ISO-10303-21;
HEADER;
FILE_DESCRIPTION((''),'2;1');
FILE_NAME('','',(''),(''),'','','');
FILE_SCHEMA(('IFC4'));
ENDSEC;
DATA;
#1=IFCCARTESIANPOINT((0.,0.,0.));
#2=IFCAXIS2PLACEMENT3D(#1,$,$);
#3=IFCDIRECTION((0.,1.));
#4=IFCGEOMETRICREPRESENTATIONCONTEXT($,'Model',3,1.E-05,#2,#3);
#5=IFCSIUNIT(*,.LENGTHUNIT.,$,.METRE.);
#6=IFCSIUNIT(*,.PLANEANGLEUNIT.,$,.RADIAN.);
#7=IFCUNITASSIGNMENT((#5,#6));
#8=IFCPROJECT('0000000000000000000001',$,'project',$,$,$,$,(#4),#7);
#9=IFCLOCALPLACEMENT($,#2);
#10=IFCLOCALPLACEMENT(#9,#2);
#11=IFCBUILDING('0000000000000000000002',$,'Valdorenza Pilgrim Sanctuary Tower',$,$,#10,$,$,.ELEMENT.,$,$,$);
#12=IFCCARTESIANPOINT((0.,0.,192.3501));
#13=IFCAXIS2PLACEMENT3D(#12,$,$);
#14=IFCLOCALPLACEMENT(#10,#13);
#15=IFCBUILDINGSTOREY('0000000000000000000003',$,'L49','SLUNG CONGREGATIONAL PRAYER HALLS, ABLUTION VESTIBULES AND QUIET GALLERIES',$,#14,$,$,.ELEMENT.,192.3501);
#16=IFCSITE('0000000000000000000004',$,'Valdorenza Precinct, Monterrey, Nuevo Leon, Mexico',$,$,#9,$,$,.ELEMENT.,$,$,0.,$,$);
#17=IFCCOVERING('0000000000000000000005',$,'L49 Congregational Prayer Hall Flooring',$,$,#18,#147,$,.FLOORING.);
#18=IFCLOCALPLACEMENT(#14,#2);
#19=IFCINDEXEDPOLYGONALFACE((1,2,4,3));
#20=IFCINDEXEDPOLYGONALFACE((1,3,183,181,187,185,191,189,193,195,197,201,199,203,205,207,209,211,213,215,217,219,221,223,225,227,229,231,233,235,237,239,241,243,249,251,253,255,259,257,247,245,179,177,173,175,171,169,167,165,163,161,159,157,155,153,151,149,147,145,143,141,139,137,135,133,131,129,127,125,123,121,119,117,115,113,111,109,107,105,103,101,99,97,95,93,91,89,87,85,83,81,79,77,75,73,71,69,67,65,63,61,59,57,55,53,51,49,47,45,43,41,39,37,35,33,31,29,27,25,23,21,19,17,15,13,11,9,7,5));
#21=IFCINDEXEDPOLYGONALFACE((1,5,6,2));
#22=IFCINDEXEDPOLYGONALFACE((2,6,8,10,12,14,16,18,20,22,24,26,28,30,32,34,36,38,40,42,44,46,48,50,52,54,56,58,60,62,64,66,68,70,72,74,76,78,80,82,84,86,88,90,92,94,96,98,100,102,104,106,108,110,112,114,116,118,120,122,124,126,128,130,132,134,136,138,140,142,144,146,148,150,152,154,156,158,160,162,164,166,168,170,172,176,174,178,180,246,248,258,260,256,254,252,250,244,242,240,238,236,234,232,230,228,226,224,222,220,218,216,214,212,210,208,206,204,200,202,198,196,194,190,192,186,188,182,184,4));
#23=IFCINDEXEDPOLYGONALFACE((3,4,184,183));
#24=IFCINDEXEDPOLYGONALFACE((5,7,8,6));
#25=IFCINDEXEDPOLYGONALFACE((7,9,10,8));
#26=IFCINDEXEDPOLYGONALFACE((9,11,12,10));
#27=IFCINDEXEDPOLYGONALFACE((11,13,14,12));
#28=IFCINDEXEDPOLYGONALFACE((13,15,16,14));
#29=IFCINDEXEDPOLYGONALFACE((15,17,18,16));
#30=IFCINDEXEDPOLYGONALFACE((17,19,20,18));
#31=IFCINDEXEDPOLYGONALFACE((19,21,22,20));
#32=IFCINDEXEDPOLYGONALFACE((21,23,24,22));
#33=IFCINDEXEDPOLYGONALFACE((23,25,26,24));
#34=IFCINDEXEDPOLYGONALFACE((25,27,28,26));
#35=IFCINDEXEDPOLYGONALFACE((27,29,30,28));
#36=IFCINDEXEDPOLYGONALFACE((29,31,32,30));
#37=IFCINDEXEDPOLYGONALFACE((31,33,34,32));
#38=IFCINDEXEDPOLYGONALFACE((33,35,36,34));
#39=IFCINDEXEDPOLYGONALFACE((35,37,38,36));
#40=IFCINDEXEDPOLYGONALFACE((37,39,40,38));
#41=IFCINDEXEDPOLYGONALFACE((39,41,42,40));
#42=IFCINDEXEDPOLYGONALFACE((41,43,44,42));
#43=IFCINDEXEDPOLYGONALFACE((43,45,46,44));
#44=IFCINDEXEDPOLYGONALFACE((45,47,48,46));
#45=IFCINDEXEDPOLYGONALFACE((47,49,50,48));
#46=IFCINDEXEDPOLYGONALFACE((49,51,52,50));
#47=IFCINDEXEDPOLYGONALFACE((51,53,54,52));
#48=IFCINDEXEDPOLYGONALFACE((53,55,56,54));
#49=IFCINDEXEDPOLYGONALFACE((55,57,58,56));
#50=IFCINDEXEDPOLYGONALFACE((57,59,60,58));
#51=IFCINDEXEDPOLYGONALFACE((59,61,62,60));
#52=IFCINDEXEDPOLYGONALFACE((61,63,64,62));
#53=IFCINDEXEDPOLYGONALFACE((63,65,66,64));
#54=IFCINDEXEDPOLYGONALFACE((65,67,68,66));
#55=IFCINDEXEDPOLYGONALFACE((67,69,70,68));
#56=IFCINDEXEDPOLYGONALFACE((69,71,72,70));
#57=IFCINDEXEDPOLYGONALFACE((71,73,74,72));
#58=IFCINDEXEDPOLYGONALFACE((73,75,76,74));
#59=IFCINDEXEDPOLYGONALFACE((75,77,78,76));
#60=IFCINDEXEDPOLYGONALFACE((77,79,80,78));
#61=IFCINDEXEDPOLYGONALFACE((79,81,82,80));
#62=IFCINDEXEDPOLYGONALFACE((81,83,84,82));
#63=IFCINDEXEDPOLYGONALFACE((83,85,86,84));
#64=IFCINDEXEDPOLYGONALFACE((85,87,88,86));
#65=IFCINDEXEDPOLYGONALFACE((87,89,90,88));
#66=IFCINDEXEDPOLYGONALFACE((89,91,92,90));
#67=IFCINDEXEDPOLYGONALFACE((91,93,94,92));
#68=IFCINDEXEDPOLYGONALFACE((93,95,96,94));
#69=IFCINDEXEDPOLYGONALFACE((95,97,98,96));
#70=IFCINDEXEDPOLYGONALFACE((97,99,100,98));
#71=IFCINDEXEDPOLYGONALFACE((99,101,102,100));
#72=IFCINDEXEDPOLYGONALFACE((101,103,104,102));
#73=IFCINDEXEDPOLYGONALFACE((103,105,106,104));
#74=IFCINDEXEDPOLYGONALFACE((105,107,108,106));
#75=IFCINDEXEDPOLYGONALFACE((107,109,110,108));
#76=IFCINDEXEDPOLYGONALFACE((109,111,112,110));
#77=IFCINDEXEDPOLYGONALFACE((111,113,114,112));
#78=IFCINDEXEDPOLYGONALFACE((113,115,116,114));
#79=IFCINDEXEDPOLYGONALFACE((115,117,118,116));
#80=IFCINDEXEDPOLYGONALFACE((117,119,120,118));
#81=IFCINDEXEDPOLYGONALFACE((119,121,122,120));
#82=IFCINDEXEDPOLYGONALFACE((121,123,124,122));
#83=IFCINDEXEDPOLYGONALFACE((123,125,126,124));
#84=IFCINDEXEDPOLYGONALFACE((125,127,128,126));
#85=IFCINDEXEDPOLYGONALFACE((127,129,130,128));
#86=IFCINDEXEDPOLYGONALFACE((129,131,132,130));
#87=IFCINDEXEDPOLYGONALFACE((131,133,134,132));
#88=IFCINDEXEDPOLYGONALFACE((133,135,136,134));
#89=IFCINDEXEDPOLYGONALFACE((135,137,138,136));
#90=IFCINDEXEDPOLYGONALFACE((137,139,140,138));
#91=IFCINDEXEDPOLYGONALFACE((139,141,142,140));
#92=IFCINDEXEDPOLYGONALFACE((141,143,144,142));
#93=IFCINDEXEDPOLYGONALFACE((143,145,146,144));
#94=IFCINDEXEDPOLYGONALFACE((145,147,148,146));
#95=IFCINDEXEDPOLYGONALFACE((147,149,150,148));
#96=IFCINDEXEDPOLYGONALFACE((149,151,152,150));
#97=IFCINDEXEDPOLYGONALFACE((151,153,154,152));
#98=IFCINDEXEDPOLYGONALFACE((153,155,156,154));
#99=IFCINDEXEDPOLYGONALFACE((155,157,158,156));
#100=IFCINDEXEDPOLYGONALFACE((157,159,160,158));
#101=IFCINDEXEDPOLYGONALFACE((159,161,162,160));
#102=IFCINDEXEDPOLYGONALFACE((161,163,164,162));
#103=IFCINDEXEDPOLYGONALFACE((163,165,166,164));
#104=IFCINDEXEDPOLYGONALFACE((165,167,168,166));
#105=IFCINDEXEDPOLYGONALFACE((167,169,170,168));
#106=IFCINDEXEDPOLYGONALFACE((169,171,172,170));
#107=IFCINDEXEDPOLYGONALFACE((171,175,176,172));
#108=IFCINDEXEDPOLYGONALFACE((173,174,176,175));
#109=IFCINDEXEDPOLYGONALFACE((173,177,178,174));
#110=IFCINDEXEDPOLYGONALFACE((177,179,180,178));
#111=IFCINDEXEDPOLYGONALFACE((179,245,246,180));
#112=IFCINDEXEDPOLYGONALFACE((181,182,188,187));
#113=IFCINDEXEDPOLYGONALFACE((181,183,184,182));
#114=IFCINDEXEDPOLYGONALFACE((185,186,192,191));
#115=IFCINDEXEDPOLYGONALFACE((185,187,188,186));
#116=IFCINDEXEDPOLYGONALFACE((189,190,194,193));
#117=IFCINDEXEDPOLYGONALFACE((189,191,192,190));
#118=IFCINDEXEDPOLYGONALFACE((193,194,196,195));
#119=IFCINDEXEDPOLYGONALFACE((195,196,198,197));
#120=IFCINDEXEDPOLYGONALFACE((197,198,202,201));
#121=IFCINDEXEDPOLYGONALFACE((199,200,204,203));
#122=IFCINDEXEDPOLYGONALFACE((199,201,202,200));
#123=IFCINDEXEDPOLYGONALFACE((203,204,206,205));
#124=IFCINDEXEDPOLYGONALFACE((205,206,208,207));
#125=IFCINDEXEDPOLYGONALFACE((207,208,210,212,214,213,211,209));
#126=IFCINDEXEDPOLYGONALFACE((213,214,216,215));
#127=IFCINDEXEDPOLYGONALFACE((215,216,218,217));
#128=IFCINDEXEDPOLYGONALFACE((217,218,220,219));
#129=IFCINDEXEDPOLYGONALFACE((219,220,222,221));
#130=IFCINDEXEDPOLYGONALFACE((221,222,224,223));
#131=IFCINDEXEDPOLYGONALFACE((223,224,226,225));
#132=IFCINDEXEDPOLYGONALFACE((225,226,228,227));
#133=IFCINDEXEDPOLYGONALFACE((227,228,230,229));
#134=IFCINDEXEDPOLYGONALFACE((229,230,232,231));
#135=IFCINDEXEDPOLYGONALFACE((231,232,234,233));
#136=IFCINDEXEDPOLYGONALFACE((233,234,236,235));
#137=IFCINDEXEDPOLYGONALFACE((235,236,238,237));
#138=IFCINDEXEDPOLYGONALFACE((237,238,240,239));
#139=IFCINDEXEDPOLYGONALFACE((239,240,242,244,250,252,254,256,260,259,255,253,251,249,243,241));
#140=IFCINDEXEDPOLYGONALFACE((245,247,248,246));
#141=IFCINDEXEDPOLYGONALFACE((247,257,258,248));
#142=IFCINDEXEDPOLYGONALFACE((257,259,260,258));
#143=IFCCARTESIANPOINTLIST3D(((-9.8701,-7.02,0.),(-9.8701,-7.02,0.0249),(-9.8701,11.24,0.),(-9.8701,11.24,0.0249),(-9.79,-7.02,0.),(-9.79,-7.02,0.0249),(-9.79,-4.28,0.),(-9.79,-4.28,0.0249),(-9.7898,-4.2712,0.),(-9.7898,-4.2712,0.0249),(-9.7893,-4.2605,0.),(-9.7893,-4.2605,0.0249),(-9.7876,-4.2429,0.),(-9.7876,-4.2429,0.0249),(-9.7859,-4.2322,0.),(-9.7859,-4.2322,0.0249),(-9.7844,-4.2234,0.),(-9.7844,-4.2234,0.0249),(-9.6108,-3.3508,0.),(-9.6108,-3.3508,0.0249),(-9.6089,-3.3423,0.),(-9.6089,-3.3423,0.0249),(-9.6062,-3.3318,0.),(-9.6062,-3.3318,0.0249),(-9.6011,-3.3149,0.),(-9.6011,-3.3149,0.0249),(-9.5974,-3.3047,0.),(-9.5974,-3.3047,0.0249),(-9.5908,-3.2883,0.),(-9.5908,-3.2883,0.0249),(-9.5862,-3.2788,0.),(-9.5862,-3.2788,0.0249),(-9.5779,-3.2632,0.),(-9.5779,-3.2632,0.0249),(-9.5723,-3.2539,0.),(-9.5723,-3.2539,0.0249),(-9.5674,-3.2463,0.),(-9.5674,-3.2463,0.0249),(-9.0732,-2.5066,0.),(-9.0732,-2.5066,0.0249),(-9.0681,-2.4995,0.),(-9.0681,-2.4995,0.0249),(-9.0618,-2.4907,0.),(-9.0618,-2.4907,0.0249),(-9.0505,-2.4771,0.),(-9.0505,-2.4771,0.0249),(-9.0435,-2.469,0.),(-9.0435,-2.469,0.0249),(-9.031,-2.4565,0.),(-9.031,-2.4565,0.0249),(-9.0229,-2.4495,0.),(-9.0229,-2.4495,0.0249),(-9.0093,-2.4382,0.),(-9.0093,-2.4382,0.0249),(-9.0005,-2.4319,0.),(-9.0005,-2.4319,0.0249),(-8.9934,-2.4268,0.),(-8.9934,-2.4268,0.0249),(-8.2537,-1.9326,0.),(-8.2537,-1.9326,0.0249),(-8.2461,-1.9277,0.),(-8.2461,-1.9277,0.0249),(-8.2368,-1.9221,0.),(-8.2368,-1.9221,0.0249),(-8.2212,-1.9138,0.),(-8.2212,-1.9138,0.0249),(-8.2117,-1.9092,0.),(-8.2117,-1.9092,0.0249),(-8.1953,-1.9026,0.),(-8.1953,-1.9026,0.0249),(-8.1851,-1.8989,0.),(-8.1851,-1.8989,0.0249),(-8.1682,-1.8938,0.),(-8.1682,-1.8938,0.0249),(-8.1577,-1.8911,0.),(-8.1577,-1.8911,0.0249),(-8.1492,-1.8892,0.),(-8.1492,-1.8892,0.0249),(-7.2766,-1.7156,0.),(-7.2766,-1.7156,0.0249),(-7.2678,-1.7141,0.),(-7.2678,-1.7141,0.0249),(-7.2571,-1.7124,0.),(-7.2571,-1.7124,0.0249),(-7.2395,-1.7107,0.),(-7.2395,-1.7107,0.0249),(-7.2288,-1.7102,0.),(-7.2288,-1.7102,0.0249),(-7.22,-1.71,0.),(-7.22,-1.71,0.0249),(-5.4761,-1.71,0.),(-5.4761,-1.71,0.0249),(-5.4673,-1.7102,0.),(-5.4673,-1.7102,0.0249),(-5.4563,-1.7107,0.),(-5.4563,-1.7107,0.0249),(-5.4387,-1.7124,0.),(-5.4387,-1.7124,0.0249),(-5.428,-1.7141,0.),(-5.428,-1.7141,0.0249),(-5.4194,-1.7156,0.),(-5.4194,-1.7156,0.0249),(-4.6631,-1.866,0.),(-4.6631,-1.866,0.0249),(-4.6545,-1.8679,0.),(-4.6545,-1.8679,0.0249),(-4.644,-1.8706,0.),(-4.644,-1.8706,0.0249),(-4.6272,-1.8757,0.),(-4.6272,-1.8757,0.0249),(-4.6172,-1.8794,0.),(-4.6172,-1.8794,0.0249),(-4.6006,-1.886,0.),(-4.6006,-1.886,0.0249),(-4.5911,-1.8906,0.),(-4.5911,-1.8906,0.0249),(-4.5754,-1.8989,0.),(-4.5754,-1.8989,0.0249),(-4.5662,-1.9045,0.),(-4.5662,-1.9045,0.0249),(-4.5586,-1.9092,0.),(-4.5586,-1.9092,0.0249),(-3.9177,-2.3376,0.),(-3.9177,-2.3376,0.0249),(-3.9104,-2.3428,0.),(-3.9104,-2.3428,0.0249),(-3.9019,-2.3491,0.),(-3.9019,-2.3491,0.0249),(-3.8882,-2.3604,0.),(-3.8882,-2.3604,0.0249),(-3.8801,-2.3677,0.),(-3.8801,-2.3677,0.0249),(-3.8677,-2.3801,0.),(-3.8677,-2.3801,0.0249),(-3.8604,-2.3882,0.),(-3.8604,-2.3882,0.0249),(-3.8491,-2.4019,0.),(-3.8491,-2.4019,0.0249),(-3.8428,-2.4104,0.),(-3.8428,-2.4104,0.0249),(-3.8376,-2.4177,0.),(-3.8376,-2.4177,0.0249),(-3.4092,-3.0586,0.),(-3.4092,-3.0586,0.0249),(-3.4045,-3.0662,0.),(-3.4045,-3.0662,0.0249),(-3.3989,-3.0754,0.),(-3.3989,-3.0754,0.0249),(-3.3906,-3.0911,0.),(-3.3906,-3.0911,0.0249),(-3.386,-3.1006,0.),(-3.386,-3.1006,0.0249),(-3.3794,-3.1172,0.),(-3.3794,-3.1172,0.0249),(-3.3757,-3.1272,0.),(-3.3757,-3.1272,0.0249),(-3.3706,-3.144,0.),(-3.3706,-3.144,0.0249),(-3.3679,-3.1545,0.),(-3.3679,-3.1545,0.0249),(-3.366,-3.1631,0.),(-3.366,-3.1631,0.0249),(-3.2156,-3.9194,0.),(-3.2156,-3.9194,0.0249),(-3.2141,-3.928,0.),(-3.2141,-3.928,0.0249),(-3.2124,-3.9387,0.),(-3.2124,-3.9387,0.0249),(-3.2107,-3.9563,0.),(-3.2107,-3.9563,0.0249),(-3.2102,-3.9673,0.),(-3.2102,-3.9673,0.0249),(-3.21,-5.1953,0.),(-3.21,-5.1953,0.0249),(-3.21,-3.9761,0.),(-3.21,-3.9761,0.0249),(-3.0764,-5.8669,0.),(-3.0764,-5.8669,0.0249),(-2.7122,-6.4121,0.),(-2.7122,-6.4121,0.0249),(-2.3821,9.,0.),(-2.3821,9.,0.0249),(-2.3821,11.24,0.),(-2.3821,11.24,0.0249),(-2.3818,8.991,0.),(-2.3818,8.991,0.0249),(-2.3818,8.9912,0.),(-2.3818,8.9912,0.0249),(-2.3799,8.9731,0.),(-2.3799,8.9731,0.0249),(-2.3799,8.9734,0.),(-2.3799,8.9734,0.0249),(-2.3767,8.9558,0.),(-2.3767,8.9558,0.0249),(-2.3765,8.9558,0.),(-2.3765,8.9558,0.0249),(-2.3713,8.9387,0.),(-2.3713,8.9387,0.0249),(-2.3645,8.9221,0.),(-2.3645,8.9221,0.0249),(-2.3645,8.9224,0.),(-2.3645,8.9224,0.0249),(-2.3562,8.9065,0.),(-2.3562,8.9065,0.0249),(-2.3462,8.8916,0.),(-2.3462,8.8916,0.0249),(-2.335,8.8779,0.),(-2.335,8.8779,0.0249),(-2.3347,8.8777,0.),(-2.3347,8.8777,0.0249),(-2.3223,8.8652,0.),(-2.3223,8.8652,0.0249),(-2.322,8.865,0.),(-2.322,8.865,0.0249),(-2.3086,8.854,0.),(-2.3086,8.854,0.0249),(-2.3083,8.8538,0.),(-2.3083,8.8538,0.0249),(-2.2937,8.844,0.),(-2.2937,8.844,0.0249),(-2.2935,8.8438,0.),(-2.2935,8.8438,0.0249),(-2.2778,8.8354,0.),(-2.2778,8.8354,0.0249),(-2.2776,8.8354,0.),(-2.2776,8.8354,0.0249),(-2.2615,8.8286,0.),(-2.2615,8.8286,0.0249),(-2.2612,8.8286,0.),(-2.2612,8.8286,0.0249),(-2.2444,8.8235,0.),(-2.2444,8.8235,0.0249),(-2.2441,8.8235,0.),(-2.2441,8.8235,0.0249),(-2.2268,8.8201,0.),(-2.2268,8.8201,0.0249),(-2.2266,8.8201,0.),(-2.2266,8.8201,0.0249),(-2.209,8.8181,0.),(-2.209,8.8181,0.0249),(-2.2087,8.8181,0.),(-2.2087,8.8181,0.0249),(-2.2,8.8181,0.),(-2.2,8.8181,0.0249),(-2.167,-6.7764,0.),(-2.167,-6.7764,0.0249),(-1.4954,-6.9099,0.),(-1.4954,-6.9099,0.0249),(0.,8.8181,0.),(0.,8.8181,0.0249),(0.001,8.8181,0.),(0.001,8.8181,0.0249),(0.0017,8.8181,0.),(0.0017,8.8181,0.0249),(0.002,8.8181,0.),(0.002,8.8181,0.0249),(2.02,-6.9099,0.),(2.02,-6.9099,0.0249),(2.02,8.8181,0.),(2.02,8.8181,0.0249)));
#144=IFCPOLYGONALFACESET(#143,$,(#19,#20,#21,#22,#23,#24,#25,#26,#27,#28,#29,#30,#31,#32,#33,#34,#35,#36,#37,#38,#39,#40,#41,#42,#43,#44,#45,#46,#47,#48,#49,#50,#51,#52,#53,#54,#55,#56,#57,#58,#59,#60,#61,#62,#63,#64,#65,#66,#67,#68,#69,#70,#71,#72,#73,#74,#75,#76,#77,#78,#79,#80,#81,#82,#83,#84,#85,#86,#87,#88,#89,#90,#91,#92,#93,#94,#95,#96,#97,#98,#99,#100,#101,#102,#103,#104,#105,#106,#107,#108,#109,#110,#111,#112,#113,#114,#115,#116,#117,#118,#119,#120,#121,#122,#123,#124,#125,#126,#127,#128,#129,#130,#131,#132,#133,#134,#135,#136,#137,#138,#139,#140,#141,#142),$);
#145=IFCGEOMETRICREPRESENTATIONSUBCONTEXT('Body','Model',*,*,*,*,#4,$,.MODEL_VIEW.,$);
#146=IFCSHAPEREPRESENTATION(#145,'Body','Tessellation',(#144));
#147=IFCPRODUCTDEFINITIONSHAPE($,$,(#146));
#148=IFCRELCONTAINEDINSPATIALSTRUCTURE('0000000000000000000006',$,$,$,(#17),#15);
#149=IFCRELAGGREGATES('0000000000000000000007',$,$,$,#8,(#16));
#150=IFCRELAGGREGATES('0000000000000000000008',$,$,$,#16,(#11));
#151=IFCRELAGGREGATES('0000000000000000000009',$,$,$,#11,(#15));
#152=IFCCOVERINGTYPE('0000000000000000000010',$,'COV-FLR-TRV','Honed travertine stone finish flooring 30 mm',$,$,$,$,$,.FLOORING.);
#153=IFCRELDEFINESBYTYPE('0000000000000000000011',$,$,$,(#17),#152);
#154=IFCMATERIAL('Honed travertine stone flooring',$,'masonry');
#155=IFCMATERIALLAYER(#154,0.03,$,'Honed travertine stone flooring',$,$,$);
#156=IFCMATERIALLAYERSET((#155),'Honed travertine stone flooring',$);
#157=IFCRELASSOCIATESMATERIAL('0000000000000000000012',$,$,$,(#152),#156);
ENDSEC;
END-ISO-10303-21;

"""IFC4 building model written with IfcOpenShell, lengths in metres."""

from ifc_helpers import new_model, si_unit, direction, frame, origin, place, context, subcontext, project, spatial, polyline, outline, extrude, material, layer, layer_set, type_object, element, save


model = new_model("IFC4")

# Units and contexts
model_context = context("Model", 3, precision=1e-05, world=origin(), true_north=direction((0.0, 1.0)))
body_context = subcontext(model_context, "Body", "Model", "MODEL_VIEW")
ifc_project = project(units=[si_unit("LENGTHUNIT", "METRE"), si_unit("PLANEANGLEUNIT", "RADIAN")], contexts=[model_context])

# Site, building, storey
site_placement = place(None, origin())
site = spatial("IfcSite", under=ifc_project, at=site_placement, Name="Valdorenza Precinct, Monterrey, Nuevo Leon, Mexico", CompositionType="ELEMENT", RefElevation=0.0)
building_placement = place(site_placement, origin())
building = spatial("IfcBuilding", under=site, at=building_placement, Name="Valdorenza Pilgrim Sanctuary Tower", CompositionType="ELEMENT")
storey_placement = place(building_placement, frame((0.0, 0.0, 192.3501)))
storey = spatial("IfcBuildingStorey", under=building, at=storey_placement, Name="L49", Description="SLUNG CONGREGATIONAL PRAYER HALLS, ABLUTION VESTIBULES AND QUIET GALLERIES", CompositionType="ELEMENT", Elevation=192.3501)

# Covering
ifc_material_1 = material(Name="Honed travertine stone flooring", Category="masonry")
ifc_layer_1 = layer(ifc_material_1, 0.03, Name="Honed travertine stone flooring")
ifc_layer_set_1 = layer_set([ifc_layer_1], Name="Honed travertine stone flooring")
covering_type_1 = type_object("IfcCoveringType", Name="COV-FLR-TRV", Description="Honed travertine stone finish flooring 30 mm", PredefinedType="FLOORING", material=ifc_layer_set_1)
covering_1_placement = place(storey_placement, origin())
element("IfcCovering", 1, at=covering_1_placement, inside=storey, type_object=covering_type_1, Name="L49 Congregational Prayer Hall Flooring", PredefinedType="FLOORING", context=body_context, shape_type="SweptSolid", body=[
    extrude(outline(polyline([(-9.8701, 11.24), (-2.3821, 11.24), (-2.3821, 9.0), (-2.3818, 8.9912), (-2.3818, 8.991), (-2.3799, 8.9734), (-2.3799, 8.9731), (-2.3767, 8.9558), (-2.3765, 8.9558), (-2.3713, 8.9387), (-2.3713, 8.9387), (-2.3645, 8.9224), (-2.3645, 8.9221), (-2.3562, 8.9065), (-2.3562, 8.9065), (-2.3462, 8.8916), (-2.3462, 8.8916), (-2.335, 8.8779), (-2.3347, 8.8777), (-2.3223, 8.8652), (-2.322, 8.865), (-2.3086, 8.854), (-2.3083, 8.8538), (-2.2937, 8.844), (-2.2935, 8.8438), (-2.2778, 8.8354), (-2.2776, 8.8354), (-2.2615, 8.8286), (-2.2612, 8.8286), (-2.2444, 8.8235), (-2.2441, 8.8235), (-2.2268, 8.8201), (-2.2266, 8.8201), (-2.209, 8.8181), (-2.2087, 8.8181), (-2.2, 8.8181), (0.0, 8.8181), (0.001, 8.8181), (0.0017, 8.8181), (0.002, 8.8181), (2.02, 8.8181), (2.02, -6.9099), (-1.4954, -6.9099), (-2.167, -6.7764), (-2.7122, -6.4121), (-3.0764, -5.8669), (-3.21, -5.1953), (-3.21, -3.9761), (-3.2102, -3.9673), (-3.2107, -3.9563), (-3.2124, -3.9387), (-3.2141, -3.928), (-3.2156, -3.9194), (-3.366, -3.1631), (-3.3679, -3.1545), (-3.3706, -3.144), (-3.3757, -3.1272), (-3.3794, -3.1172), (-3.386, -3.1006), (-3.3906, -3.0911), (-3.3989, -3.0754), (-3.4045, -3.0662), (-3.4092, -3.0586), (-3.8376, -2.4177), (-3.8428, -2.4104), (-3.8491, -2.4019), (-3.8604, -2.3882), (-3.8677, -2.3801), (-3.8801, -2.3677), (-3.8882, -2.3604), (-3.9019, -2.3491), (-3.9104, -2.3428), (-3.9177, -2.3376), (-4.5586, -1.9092), (-4.5662, -1.9045), (-4.5754, -1.8989), (-4.5911, -1.8906), (-4.6006, -1.886), (-4.6172, -1.8794), (-4.6272, -1.8757), (-4.644, -1.8706), (-4.6545, -1.8679), (-4.6631, -1.866), (-5.4194, -1.7156), (-5.428, -1.7141), (-5.4387, -1.7124), (-5.4563, -1.7107), (-5.4673, -1.7102), (-5.4761, -1.71), (-7.22, -1.71), (-7.2288, -1.7102), (-7.2395, -1.7107), (-7.2571, -1.7124), (-7.2678, -1.7141), (-7.2766, -1.7156), (-8.1492, -1.8892), (-8.1577, -1.8911), (-8.1682, -1.8938), (-8.1851, -1.8989), (-8.1953, -1.9026), (-8.2117, -1.9092), (-8.2212, -1.9138), (-8.2368, -1.9221), (-8.2461, -1.9277), (-8.2537, -1.9326), (-8.9934, -2.4268), (-9.0005, -2.4319), (-9.0093, -2.4382), (-9.0229, -2.4495), (-9.031, -2.4565), (-9.0435, -2.469), (-9.0505, -2.4771), (-9.0618, -2.4907), (-9.0681, -2.4995), (-9.0732, -2.5066), (-9.5674, -3.2463), (-9.5723, -3.2539), (-9.5779, -3.2632), (-9.5862, -3.2788), (-9.5908, -3.2883), (-9.5974, -3.3047), (-9.6011, -3.3149), (-9.6062, -3.3318), (-9.6089, -3.3423), (-9.6108, -3.3508), (-9.7844, -4.2234), (-9.7859, -4.2322), (-9.7876, -4.2429), (-9.7893, -4.2605), (-9.7898, -4.2712), (-9.79, -4.28), (-9.79, -7.02), (-9.8701, -7.02), (-9.8701, 11.24)])), origin(), (0.0, 0.0, 1.0), 0.0249),
])

save(model, "model.ifc")
